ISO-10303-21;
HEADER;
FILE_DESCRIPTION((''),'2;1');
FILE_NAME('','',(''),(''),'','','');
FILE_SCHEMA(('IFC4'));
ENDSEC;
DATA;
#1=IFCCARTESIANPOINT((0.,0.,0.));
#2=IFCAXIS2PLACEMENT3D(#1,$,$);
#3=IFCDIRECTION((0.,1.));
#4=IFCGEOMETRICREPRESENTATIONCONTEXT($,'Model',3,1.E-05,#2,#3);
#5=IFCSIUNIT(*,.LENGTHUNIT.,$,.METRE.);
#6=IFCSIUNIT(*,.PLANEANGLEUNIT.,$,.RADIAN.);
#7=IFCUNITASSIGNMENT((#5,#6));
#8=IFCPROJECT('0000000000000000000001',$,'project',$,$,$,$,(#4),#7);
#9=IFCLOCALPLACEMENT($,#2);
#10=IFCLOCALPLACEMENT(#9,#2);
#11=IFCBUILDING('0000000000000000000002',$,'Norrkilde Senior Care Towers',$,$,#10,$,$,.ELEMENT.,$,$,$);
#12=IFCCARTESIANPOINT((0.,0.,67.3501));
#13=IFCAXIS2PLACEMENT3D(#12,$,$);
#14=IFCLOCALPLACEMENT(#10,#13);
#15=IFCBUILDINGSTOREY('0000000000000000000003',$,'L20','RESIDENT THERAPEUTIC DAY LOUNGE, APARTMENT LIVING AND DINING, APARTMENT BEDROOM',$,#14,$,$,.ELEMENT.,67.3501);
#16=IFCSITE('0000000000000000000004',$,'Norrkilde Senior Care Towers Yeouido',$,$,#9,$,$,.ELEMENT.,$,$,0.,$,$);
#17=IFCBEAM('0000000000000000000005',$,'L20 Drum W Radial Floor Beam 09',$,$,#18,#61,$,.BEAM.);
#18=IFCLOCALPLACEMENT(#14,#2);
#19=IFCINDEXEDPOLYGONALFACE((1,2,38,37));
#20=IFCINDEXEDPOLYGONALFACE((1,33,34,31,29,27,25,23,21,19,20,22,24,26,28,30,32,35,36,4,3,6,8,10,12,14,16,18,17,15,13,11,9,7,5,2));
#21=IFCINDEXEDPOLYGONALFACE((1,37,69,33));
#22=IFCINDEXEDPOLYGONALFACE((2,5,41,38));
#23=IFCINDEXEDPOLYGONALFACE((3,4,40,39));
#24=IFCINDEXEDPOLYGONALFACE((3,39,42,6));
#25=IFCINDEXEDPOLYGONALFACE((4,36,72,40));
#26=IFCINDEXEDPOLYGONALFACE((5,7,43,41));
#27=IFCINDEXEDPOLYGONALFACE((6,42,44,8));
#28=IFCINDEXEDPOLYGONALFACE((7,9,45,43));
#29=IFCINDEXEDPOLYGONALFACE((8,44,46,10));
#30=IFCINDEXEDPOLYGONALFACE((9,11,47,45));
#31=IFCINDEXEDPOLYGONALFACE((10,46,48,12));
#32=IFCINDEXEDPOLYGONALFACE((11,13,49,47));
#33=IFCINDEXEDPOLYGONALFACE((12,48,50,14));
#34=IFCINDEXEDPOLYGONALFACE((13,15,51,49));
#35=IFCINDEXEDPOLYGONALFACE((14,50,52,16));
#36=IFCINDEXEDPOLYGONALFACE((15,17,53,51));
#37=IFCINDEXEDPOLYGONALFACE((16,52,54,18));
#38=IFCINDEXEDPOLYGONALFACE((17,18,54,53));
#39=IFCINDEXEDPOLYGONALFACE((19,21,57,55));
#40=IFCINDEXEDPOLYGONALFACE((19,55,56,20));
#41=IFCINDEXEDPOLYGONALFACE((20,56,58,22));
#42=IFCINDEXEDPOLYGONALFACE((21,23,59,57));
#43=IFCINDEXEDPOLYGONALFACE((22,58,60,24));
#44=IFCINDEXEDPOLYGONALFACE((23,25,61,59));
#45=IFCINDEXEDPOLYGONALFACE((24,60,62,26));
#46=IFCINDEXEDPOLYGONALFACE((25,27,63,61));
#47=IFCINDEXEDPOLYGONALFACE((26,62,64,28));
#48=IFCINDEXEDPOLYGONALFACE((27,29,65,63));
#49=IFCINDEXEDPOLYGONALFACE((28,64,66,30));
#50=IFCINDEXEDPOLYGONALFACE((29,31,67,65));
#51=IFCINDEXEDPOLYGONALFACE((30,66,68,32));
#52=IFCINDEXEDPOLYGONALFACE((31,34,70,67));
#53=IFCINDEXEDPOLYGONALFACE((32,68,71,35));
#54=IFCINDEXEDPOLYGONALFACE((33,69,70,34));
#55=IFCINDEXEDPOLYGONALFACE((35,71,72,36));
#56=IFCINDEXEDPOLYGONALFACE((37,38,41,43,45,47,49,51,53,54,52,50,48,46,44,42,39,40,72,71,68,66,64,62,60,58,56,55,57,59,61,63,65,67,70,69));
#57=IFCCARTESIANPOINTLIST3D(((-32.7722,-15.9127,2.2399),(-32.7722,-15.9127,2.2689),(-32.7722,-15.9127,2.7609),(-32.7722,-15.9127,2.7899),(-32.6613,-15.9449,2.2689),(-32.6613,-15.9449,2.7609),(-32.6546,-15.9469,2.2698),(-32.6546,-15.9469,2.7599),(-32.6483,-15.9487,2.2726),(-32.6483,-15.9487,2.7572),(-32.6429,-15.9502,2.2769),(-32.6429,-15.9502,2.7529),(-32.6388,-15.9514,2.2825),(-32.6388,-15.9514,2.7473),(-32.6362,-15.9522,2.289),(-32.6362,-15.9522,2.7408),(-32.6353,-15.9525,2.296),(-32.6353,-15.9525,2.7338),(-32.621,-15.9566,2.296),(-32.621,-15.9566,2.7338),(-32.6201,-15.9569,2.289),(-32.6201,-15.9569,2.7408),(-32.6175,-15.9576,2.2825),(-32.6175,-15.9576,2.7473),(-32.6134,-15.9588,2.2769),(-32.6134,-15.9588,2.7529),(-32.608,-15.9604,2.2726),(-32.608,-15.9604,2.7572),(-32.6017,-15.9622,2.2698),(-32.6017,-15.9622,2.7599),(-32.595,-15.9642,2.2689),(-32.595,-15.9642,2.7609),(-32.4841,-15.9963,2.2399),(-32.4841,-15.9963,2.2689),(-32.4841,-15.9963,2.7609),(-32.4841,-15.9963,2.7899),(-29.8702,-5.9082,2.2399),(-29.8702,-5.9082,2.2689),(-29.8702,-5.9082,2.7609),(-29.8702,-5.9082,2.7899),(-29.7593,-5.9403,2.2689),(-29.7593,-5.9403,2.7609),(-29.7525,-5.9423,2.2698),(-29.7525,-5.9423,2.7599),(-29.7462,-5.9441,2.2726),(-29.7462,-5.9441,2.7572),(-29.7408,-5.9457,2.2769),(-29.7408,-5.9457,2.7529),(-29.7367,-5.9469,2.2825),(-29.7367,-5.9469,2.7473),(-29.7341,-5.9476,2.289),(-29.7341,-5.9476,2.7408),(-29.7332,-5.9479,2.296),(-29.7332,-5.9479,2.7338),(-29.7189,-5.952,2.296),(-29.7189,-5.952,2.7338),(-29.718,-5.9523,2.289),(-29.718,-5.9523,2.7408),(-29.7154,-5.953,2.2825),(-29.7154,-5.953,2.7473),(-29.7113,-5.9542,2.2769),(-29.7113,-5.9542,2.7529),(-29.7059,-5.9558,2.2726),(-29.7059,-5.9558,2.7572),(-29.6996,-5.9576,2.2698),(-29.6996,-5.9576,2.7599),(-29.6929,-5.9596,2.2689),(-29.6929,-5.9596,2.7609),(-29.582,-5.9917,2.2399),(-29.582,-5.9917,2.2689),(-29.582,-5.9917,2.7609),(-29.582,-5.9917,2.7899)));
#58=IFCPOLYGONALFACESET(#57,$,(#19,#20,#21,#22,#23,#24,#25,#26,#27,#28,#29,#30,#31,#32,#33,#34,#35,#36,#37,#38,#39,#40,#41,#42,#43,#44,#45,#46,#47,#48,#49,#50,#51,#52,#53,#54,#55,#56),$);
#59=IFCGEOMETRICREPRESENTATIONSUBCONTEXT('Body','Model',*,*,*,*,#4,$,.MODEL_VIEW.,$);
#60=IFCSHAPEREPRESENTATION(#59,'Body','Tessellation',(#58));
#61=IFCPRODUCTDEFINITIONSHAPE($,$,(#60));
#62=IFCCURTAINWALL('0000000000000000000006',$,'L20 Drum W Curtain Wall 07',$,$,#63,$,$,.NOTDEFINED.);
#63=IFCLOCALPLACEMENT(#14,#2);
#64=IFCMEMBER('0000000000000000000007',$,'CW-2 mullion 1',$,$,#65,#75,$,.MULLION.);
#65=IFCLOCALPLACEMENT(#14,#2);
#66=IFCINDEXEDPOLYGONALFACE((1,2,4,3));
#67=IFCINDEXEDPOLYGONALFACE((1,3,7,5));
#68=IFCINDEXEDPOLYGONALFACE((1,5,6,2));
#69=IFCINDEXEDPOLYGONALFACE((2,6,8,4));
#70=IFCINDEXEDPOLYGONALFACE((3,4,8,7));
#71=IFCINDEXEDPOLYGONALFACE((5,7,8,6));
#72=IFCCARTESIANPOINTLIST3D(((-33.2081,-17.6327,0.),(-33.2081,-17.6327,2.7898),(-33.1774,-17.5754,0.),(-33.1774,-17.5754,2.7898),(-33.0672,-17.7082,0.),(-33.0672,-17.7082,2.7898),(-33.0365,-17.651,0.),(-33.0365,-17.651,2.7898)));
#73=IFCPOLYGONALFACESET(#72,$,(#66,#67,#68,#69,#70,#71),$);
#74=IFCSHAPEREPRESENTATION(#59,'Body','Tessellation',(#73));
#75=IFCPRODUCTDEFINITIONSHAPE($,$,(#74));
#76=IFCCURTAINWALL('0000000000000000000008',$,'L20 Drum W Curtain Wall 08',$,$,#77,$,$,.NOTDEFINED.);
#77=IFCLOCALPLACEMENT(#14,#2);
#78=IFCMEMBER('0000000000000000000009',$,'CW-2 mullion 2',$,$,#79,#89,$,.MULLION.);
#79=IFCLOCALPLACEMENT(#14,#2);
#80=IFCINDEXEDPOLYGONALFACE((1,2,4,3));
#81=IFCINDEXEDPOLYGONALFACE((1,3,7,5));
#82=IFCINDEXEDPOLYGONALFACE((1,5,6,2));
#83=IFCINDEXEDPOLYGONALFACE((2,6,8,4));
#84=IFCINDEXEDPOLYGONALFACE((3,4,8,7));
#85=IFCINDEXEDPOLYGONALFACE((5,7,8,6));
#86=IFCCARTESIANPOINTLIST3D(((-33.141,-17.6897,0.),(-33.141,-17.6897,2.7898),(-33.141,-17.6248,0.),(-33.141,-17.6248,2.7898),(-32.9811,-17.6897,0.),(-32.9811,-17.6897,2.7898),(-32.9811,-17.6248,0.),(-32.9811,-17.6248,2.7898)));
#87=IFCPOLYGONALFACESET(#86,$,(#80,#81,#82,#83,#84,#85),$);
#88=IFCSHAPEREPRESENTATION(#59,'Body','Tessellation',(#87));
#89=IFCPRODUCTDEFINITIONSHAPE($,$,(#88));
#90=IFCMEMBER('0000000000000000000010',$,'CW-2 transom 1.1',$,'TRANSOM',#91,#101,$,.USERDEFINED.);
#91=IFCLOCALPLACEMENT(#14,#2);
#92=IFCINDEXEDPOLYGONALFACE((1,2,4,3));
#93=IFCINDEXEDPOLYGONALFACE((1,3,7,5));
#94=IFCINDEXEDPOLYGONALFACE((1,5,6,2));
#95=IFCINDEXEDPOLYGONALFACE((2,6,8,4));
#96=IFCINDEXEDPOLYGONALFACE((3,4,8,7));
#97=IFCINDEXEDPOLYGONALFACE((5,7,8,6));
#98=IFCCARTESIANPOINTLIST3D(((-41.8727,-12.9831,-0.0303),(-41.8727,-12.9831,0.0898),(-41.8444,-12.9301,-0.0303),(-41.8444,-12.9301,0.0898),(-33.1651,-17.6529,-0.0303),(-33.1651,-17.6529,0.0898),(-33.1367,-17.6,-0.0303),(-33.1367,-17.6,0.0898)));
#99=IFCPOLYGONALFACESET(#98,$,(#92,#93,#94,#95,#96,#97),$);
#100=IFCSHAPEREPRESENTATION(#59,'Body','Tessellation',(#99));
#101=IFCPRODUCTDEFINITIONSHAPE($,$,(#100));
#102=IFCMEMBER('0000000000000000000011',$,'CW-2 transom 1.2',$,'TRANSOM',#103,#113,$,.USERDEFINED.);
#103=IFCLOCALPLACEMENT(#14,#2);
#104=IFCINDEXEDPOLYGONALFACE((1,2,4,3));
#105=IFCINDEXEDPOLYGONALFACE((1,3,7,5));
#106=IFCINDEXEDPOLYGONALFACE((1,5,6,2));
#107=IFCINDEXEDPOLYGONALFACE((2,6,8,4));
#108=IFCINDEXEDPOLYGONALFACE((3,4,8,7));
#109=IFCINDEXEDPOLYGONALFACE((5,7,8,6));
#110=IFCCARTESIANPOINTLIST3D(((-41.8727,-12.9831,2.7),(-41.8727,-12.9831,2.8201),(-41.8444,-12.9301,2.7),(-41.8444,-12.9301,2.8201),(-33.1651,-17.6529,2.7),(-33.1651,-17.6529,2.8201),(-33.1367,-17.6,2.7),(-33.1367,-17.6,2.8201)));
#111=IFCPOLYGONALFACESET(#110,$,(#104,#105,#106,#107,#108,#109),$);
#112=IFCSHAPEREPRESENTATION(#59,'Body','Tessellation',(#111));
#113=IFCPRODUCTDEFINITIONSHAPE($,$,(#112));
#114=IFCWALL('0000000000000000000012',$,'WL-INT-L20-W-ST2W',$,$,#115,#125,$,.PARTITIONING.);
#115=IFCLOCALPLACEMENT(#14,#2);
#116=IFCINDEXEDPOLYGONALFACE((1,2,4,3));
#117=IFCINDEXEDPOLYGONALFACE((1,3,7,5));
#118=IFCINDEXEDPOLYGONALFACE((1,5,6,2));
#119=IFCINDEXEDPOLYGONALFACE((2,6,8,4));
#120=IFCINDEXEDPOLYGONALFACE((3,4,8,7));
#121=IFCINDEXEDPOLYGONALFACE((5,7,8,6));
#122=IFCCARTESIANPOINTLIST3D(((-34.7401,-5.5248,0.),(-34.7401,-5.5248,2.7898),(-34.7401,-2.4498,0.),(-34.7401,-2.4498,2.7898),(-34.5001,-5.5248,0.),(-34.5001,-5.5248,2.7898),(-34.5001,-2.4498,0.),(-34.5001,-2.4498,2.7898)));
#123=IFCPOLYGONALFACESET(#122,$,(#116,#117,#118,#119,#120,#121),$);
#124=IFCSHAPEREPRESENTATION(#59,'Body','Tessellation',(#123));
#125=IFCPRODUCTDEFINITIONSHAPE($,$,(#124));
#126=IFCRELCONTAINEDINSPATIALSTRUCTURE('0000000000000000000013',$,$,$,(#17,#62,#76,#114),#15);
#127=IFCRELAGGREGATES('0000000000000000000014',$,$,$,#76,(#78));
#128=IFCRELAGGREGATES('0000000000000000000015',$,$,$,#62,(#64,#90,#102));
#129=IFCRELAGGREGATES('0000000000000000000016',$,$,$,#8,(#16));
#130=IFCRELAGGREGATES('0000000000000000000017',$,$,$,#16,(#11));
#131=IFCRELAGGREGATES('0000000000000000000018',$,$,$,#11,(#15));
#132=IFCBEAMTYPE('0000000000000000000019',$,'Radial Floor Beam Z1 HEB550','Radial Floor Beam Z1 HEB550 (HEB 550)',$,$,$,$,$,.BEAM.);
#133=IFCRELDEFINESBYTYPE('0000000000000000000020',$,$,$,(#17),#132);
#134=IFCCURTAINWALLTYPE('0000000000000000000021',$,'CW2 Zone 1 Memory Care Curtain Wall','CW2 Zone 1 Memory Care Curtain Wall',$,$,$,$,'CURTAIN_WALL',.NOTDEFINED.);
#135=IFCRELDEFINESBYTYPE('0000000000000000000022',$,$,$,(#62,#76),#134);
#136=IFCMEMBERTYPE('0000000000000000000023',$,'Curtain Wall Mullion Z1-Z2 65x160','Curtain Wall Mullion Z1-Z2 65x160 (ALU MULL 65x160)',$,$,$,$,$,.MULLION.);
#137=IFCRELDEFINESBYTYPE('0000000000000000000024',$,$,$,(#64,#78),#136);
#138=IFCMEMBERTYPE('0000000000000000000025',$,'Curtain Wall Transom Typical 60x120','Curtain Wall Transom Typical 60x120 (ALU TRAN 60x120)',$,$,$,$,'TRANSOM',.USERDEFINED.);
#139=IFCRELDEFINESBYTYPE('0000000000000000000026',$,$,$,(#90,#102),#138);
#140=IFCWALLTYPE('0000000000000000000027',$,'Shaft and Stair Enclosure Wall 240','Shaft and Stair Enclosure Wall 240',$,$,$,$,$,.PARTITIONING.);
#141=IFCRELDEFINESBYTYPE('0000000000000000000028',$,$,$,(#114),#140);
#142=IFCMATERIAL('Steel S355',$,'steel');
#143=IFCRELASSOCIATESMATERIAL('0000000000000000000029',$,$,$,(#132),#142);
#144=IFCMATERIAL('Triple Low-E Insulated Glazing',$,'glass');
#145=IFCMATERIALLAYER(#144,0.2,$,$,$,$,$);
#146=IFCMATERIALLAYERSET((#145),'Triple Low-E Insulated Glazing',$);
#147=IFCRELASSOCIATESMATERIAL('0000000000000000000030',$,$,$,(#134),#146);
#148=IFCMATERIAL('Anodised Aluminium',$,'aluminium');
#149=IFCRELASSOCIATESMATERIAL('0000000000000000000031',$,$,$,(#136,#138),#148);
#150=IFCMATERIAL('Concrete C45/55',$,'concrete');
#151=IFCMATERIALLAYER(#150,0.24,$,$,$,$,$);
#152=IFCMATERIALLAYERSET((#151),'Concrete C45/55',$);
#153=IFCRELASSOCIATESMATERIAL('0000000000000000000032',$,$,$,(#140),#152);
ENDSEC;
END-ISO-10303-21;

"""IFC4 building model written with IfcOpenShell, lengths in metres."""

from ifc_helpers import new_model, si_unit, direction, frame, frame_2d, origin, origin_2d, place, context, subcontext, project, spatial, rectangle, i_section, extrude, source, transform, mapped, material, layer, layer_set, material_profile, profile_set, type_object, type_shapes, element, aggregate, save


model = new_model("IFC4")

# Units and contexts
model_context = context("Model", 3, precision=1e-05, world=origin(), true_north=direction((0.0, 1.0)))
body_context = subcontext(model_context, "Body", "Model", "MODEL_VIEW")
ifc_project = project(units=[si_unit("LENGTHUNIT", "METRE"), si_unit("PLANEANGLEUNIT", "RADIAN")], contexts=[model_context])

# Site, building, storey
site_placement = place(None, origin())
site = spatial("IfcSite", under=ifc_project, at=site_placement, Name="Norrkilde Senior Care Towers Yeouido", CompositionType="ELEMENT", RefElevation=0.0)
building_placement = place(site_placement, origin())
building = spatial("IfcBuilding", under=site, at=building_placement, Name="Norrkilde Senior Care Towers", CompositionType="ELEMENT")
storey_placement = place(building_placement, frame((0.0, 0.0, 67.3501)))
storey = spatial("IfcBuildingStorey", under=building, at=storey_placement, Name="L20", Description="RESIDENT THERAPEUTIC DAY LOUNGE, APARTMENT LIVING AND DINING, APARTMENT BEDROOM", CompositionType="ELEMENT", Elevation=67.3501)

# Beam
ifc_material_1 = material(Name="Steel S355", Category="steel")
ifc_material_profile_1 = material_profile(ifc_material_1, i_section(OverallWidth=0.3, OverallDepth=0.55, WebThickness=0.0149, FlangeThickness=0.0291, FilletRadius=0.0271, at=origin_2d()), Name="HEB 550")
ifc_profile_set_1 = profile_set([ifc_material_profile_1], Name="Steel S355")
beam_type_1 = type_object("IfcBeamType", Name="Radial Floor Beam Z1 HEB550", Description="Radial Floor Beam Z1 HEB550 (HEB 550)", PredefinedType="BEAM", material=ifc_profile_set_1)
shared_shape_1 = source(origin(), body_context, "Body", "SweptSolid", [
    extrude(i_section(OverallWidth=0.3, OverallDepth=0.55, WebThickness=0.0149, FlangeThickness=0.0291, FilletRadius=0.0271, at=origin_2d()), origin(), (0.0, 0.0, 1.0), 10.417),
])
beam_1_placement = place(storey_placement, frame((-29.7261, -5.95, 2.5149), z_axis=(-0.278591, -0.96041, 0.0), x_axis=(0.96041, -0.278591, 0.0)))
element("IfcBeam", 1, at=beam_1_placement, inside=storey, type_object=beam_type_1, Name="L20 Drum W Radial Floor Beam 09", PredefinedType="BEAM", context=body_context, shape_type="MappedRepresentation", body=[
    mapped(shared_shape_1, transform((0.0, 0.0, 0.0), x_axis=(1.0, 0.0, 0.0), y_axis=(0.0, 1.0, 0.0), z_axis=(0.0, 0.0, 1.0), scale=1.0)),
])

# Curtain walls, members
ifc_material_2 = material(Name="Triple Low-E Insulated Glazing", Category="glass")
ifc_layer_1 = layer(ifc_material_2, 0.2)
ifc_layer_set_1 = layer_set([ifc_layer_1], Name="Triple Low-E Insulated Glazing")
curtain_wall_type = type_object("IfcCurtainWallType", Name="CW2 Zone 1 Memory Care Curtain Wall", Description="CW2 Zone 1 Memory Care Curtain Wall", ElementType="CURTAIN_WALL", PredefinedType="NOTDEFINED", material=ifc_layer_set_1)
curtain_wall_1_placement = place(storey_placement, origin())
curtain_wall_1 = element("IfcCurtainWall", 2, at=curtain_wall_1_placement, inside=storey, type_object=curtain_wall_type, Name="L20 Drum W Curtain Wall 07", PredefinedType="NOTDEFINED")
ifc_material_3 = material(Name="Anodised Aluminium", Category="aluminium")
ifc_material_profile_2 = material_profile(ifc_material_3, rectangle(XDim=0.0649, YDim=0.1599, at=origin_2d()), Name="ALU MULL 65x160")
ifc_profile_set_2 = profile_set([ifc_material_profile_2], Name="Anodised Aluminium")
member_type_1 = type_object("IfcMemberType", Name="Curtain Wall Mullion Z1-Z2 65x160", Description="Curtain Wall Mullion Z1-Z2 65x160 (ALU MULL 65x160)", PredefinedType="MULLION", material=ifc_profile_set_2)
shared_shape_2 = source(origin(), body_context, "Body", "SweptSolid", [
    extrude(rectangle(XDim=0.0649, YDim=0.1599, at=origin_2d()), origin(), (0.0, 0.0, 1.0), 2.7898),
])
type_shapes(member_type_1, [shared_shape_2])
member_1_placement = place(storey_placement, frame((-33.1223, -17.6418, 0.0), z_axis=(0.0, 0.0, 1.0), x_axis=(-0.472608, -0.881273, 0.0)))
member_1 = element("IfcMember", 3, at=member_1_placement, type_object=member_type_1, Name="CW-2 mullion 1", PredefinedType="MULLION", context=body_context, shape_type="MappedRepresentation", body=[
    mapped(shared_shape_2, transform((0.0, 0.0, 0.0), x_axis=(1.0, 0.0, 0.0), y_axis=(0.0, 1.0, 0.0), z_axis=(0.0, 0.0, 1.0), scale=1.0)),
])
curtain_wall_2_placement = place(storey_placement, origin())
curtain_wall_2 = element("IfcCurtainWall", 4, at=curtain_wall_2_placement, inside=storey, type_object=curtain_wall_type, Name="L20 Drum W Curtain Wall 08", PredefinedType="NOTDEFINED")
member_2_placement = place(storey_placement, frame((-33.061, -17.6572, 0.0), z_axis=(0.0, 0.0, 1.0), x_axis=(0.0, -1.0, 0.0)))
member_2 = element("IfcMember", 5, at=member_2_placement, type_object=member_type_1, Name="CW-2 mullion 2", PredefinedType="MULLION", context=body_context, shape_type="MappedRepresentation", body=[
    mapped(shared_shape_2, transform((0.0, 0.0, 0.0), x_axis=(1.0, 0.0, 0.0), y_axis=(0.0, 1.0, 0.0), z_axis=(0.0, 0.0, 1.0), scale=1.0)),
])
aggregate(curtain_wall_2, [member_2])

# Members
ifc_material_profile_3 = material_profile(ifc_material_3, rectangle(XDim=0.0601, YDim=0.1201, at=origin_2d()), Name="ALU TRAN 60x120")
ifc_profile_set_3 = profile_set([ifc_material_profile_3], Name="Anodised Aluminium")
member_type_2 = type_object("IfcMemberType", Name="Curtain Wall Transom Typical 60x120", Description="Curtain Wall Transom Typical 60x120 (ALU TRAN 60x120)", ElementType="TRANSOM", PredefinedType="USERDEFINED", material=ifc_profile_set_3)
shared_shape_3 = source(origin(), body_context, "Body", "SweptSolid", [
    extrude(rectangle(XDim=0.0601, YDim=0.1201, at=origin_2d()), origin(), (0.0, 0.0, 1.0), 9.8809),
])
type_shapes(member_type_2, [shared_shape_3])
member_3_placement = place(storey_placement, frame((-33.1509, -17.6265, 0.0298), z_axis=(-0.881267, 0.472618, 0.0), x_axis=(-0.472618, -0.881267, 0.0)))
member_3 = element("IfcMember", 6, at=member_3_placement, type_object=member_type_2, Name="CW-2 transom 1.1", ObjectType="TRANSOM", PredefinedType="USERDEFINED", context=body_context, shape_type="MappedRepresentation", body=[
    mapped(shared_shape_3, transform((0.0, 0.0, 0.0), x_axis=(1.0, 0.0, 0.0), y_axis=(0.0, 1.0, 0.0), z_axis=(0.0, 0.0, 1.0), scale=1.0)),
])
member_4_placement = place(storey_placement, frame((-33.1509, -17.6265, 2.76), z_axis=(-0.881267, 0.472618, 0.0), x_axis=(-0.472618, -0.881267, 0.0)))
member_4 = element("IfcMember", 7, at=member_4_placement, type_object=member_type_2, Name="CW-2 transom 1.2", ObjectType="TRANSOM", PredefinedType="USERDEFINED", context=body_context, shape_type="MappedRepresentation", body=[
    mapped(shared_shape_3, transform((0.0, 0.0, 0.0), x_axis=(1.0, 0.0, 0.0), y_axis=(0.0, 1.0, 0.0), z_axis=(0.0, 0.0, 1.0), scale=1.0)),
])
aggregate(curtain_wall_1, [member_1, member_3, member_4])

# Shared definitions
ifc_material_4 = material(Name="Concrete C45/55", Category="concrete")
ifc_layer_2 = layer(ifc_material_4, 0.24)
ifc_layer_set_2 = layer_set([ifc_layer_2], Name="Concrete C45/55")
wall_type_1 = type_object("IfcWallType", Name="Shaft and Stair Enclosure Wall 240", Description="Shaft and Stair Enclosure Wall 240", PredefinedType="PARTITIONING", material=ifc_layer_set_2)

# Wall
shared_shape_4 = source(origin(), body_context, "Body", "SweptSolid", [
    extrude(rectangle(XDim=3.075, YDim=0.24, at=frame_2d((1.5376, 0.0))), origin(), (0.0, 0.0, 1.0), 2.7898),
])
wall_1_placement = place(storey_placement, frame((-34.6201, -5.5249, 0.0), z_axis=(0.0, 0.0, 1.0), x_axis=(0.0, 1.0, 0.0)))
element("IfcWall", 8, at=wall_1_placement, inside=storey, type_object=wall_type_1, Name="WL-INT-L20-W-ST2W", PredefinedType="PARTITIONING", context=body_context, shape_type="MappedRepresentation", body=[
    mapped(shared_shape_4, transform((0.0, 0.0, 0.0), x_axis=(1.0, 0.0, 0.0), y_axis=(0.0, 1.0, 0.0), z_axis=(0.0, 0.0, 1.0), scale=1.0)),
])

save(model, "model.ifc")
